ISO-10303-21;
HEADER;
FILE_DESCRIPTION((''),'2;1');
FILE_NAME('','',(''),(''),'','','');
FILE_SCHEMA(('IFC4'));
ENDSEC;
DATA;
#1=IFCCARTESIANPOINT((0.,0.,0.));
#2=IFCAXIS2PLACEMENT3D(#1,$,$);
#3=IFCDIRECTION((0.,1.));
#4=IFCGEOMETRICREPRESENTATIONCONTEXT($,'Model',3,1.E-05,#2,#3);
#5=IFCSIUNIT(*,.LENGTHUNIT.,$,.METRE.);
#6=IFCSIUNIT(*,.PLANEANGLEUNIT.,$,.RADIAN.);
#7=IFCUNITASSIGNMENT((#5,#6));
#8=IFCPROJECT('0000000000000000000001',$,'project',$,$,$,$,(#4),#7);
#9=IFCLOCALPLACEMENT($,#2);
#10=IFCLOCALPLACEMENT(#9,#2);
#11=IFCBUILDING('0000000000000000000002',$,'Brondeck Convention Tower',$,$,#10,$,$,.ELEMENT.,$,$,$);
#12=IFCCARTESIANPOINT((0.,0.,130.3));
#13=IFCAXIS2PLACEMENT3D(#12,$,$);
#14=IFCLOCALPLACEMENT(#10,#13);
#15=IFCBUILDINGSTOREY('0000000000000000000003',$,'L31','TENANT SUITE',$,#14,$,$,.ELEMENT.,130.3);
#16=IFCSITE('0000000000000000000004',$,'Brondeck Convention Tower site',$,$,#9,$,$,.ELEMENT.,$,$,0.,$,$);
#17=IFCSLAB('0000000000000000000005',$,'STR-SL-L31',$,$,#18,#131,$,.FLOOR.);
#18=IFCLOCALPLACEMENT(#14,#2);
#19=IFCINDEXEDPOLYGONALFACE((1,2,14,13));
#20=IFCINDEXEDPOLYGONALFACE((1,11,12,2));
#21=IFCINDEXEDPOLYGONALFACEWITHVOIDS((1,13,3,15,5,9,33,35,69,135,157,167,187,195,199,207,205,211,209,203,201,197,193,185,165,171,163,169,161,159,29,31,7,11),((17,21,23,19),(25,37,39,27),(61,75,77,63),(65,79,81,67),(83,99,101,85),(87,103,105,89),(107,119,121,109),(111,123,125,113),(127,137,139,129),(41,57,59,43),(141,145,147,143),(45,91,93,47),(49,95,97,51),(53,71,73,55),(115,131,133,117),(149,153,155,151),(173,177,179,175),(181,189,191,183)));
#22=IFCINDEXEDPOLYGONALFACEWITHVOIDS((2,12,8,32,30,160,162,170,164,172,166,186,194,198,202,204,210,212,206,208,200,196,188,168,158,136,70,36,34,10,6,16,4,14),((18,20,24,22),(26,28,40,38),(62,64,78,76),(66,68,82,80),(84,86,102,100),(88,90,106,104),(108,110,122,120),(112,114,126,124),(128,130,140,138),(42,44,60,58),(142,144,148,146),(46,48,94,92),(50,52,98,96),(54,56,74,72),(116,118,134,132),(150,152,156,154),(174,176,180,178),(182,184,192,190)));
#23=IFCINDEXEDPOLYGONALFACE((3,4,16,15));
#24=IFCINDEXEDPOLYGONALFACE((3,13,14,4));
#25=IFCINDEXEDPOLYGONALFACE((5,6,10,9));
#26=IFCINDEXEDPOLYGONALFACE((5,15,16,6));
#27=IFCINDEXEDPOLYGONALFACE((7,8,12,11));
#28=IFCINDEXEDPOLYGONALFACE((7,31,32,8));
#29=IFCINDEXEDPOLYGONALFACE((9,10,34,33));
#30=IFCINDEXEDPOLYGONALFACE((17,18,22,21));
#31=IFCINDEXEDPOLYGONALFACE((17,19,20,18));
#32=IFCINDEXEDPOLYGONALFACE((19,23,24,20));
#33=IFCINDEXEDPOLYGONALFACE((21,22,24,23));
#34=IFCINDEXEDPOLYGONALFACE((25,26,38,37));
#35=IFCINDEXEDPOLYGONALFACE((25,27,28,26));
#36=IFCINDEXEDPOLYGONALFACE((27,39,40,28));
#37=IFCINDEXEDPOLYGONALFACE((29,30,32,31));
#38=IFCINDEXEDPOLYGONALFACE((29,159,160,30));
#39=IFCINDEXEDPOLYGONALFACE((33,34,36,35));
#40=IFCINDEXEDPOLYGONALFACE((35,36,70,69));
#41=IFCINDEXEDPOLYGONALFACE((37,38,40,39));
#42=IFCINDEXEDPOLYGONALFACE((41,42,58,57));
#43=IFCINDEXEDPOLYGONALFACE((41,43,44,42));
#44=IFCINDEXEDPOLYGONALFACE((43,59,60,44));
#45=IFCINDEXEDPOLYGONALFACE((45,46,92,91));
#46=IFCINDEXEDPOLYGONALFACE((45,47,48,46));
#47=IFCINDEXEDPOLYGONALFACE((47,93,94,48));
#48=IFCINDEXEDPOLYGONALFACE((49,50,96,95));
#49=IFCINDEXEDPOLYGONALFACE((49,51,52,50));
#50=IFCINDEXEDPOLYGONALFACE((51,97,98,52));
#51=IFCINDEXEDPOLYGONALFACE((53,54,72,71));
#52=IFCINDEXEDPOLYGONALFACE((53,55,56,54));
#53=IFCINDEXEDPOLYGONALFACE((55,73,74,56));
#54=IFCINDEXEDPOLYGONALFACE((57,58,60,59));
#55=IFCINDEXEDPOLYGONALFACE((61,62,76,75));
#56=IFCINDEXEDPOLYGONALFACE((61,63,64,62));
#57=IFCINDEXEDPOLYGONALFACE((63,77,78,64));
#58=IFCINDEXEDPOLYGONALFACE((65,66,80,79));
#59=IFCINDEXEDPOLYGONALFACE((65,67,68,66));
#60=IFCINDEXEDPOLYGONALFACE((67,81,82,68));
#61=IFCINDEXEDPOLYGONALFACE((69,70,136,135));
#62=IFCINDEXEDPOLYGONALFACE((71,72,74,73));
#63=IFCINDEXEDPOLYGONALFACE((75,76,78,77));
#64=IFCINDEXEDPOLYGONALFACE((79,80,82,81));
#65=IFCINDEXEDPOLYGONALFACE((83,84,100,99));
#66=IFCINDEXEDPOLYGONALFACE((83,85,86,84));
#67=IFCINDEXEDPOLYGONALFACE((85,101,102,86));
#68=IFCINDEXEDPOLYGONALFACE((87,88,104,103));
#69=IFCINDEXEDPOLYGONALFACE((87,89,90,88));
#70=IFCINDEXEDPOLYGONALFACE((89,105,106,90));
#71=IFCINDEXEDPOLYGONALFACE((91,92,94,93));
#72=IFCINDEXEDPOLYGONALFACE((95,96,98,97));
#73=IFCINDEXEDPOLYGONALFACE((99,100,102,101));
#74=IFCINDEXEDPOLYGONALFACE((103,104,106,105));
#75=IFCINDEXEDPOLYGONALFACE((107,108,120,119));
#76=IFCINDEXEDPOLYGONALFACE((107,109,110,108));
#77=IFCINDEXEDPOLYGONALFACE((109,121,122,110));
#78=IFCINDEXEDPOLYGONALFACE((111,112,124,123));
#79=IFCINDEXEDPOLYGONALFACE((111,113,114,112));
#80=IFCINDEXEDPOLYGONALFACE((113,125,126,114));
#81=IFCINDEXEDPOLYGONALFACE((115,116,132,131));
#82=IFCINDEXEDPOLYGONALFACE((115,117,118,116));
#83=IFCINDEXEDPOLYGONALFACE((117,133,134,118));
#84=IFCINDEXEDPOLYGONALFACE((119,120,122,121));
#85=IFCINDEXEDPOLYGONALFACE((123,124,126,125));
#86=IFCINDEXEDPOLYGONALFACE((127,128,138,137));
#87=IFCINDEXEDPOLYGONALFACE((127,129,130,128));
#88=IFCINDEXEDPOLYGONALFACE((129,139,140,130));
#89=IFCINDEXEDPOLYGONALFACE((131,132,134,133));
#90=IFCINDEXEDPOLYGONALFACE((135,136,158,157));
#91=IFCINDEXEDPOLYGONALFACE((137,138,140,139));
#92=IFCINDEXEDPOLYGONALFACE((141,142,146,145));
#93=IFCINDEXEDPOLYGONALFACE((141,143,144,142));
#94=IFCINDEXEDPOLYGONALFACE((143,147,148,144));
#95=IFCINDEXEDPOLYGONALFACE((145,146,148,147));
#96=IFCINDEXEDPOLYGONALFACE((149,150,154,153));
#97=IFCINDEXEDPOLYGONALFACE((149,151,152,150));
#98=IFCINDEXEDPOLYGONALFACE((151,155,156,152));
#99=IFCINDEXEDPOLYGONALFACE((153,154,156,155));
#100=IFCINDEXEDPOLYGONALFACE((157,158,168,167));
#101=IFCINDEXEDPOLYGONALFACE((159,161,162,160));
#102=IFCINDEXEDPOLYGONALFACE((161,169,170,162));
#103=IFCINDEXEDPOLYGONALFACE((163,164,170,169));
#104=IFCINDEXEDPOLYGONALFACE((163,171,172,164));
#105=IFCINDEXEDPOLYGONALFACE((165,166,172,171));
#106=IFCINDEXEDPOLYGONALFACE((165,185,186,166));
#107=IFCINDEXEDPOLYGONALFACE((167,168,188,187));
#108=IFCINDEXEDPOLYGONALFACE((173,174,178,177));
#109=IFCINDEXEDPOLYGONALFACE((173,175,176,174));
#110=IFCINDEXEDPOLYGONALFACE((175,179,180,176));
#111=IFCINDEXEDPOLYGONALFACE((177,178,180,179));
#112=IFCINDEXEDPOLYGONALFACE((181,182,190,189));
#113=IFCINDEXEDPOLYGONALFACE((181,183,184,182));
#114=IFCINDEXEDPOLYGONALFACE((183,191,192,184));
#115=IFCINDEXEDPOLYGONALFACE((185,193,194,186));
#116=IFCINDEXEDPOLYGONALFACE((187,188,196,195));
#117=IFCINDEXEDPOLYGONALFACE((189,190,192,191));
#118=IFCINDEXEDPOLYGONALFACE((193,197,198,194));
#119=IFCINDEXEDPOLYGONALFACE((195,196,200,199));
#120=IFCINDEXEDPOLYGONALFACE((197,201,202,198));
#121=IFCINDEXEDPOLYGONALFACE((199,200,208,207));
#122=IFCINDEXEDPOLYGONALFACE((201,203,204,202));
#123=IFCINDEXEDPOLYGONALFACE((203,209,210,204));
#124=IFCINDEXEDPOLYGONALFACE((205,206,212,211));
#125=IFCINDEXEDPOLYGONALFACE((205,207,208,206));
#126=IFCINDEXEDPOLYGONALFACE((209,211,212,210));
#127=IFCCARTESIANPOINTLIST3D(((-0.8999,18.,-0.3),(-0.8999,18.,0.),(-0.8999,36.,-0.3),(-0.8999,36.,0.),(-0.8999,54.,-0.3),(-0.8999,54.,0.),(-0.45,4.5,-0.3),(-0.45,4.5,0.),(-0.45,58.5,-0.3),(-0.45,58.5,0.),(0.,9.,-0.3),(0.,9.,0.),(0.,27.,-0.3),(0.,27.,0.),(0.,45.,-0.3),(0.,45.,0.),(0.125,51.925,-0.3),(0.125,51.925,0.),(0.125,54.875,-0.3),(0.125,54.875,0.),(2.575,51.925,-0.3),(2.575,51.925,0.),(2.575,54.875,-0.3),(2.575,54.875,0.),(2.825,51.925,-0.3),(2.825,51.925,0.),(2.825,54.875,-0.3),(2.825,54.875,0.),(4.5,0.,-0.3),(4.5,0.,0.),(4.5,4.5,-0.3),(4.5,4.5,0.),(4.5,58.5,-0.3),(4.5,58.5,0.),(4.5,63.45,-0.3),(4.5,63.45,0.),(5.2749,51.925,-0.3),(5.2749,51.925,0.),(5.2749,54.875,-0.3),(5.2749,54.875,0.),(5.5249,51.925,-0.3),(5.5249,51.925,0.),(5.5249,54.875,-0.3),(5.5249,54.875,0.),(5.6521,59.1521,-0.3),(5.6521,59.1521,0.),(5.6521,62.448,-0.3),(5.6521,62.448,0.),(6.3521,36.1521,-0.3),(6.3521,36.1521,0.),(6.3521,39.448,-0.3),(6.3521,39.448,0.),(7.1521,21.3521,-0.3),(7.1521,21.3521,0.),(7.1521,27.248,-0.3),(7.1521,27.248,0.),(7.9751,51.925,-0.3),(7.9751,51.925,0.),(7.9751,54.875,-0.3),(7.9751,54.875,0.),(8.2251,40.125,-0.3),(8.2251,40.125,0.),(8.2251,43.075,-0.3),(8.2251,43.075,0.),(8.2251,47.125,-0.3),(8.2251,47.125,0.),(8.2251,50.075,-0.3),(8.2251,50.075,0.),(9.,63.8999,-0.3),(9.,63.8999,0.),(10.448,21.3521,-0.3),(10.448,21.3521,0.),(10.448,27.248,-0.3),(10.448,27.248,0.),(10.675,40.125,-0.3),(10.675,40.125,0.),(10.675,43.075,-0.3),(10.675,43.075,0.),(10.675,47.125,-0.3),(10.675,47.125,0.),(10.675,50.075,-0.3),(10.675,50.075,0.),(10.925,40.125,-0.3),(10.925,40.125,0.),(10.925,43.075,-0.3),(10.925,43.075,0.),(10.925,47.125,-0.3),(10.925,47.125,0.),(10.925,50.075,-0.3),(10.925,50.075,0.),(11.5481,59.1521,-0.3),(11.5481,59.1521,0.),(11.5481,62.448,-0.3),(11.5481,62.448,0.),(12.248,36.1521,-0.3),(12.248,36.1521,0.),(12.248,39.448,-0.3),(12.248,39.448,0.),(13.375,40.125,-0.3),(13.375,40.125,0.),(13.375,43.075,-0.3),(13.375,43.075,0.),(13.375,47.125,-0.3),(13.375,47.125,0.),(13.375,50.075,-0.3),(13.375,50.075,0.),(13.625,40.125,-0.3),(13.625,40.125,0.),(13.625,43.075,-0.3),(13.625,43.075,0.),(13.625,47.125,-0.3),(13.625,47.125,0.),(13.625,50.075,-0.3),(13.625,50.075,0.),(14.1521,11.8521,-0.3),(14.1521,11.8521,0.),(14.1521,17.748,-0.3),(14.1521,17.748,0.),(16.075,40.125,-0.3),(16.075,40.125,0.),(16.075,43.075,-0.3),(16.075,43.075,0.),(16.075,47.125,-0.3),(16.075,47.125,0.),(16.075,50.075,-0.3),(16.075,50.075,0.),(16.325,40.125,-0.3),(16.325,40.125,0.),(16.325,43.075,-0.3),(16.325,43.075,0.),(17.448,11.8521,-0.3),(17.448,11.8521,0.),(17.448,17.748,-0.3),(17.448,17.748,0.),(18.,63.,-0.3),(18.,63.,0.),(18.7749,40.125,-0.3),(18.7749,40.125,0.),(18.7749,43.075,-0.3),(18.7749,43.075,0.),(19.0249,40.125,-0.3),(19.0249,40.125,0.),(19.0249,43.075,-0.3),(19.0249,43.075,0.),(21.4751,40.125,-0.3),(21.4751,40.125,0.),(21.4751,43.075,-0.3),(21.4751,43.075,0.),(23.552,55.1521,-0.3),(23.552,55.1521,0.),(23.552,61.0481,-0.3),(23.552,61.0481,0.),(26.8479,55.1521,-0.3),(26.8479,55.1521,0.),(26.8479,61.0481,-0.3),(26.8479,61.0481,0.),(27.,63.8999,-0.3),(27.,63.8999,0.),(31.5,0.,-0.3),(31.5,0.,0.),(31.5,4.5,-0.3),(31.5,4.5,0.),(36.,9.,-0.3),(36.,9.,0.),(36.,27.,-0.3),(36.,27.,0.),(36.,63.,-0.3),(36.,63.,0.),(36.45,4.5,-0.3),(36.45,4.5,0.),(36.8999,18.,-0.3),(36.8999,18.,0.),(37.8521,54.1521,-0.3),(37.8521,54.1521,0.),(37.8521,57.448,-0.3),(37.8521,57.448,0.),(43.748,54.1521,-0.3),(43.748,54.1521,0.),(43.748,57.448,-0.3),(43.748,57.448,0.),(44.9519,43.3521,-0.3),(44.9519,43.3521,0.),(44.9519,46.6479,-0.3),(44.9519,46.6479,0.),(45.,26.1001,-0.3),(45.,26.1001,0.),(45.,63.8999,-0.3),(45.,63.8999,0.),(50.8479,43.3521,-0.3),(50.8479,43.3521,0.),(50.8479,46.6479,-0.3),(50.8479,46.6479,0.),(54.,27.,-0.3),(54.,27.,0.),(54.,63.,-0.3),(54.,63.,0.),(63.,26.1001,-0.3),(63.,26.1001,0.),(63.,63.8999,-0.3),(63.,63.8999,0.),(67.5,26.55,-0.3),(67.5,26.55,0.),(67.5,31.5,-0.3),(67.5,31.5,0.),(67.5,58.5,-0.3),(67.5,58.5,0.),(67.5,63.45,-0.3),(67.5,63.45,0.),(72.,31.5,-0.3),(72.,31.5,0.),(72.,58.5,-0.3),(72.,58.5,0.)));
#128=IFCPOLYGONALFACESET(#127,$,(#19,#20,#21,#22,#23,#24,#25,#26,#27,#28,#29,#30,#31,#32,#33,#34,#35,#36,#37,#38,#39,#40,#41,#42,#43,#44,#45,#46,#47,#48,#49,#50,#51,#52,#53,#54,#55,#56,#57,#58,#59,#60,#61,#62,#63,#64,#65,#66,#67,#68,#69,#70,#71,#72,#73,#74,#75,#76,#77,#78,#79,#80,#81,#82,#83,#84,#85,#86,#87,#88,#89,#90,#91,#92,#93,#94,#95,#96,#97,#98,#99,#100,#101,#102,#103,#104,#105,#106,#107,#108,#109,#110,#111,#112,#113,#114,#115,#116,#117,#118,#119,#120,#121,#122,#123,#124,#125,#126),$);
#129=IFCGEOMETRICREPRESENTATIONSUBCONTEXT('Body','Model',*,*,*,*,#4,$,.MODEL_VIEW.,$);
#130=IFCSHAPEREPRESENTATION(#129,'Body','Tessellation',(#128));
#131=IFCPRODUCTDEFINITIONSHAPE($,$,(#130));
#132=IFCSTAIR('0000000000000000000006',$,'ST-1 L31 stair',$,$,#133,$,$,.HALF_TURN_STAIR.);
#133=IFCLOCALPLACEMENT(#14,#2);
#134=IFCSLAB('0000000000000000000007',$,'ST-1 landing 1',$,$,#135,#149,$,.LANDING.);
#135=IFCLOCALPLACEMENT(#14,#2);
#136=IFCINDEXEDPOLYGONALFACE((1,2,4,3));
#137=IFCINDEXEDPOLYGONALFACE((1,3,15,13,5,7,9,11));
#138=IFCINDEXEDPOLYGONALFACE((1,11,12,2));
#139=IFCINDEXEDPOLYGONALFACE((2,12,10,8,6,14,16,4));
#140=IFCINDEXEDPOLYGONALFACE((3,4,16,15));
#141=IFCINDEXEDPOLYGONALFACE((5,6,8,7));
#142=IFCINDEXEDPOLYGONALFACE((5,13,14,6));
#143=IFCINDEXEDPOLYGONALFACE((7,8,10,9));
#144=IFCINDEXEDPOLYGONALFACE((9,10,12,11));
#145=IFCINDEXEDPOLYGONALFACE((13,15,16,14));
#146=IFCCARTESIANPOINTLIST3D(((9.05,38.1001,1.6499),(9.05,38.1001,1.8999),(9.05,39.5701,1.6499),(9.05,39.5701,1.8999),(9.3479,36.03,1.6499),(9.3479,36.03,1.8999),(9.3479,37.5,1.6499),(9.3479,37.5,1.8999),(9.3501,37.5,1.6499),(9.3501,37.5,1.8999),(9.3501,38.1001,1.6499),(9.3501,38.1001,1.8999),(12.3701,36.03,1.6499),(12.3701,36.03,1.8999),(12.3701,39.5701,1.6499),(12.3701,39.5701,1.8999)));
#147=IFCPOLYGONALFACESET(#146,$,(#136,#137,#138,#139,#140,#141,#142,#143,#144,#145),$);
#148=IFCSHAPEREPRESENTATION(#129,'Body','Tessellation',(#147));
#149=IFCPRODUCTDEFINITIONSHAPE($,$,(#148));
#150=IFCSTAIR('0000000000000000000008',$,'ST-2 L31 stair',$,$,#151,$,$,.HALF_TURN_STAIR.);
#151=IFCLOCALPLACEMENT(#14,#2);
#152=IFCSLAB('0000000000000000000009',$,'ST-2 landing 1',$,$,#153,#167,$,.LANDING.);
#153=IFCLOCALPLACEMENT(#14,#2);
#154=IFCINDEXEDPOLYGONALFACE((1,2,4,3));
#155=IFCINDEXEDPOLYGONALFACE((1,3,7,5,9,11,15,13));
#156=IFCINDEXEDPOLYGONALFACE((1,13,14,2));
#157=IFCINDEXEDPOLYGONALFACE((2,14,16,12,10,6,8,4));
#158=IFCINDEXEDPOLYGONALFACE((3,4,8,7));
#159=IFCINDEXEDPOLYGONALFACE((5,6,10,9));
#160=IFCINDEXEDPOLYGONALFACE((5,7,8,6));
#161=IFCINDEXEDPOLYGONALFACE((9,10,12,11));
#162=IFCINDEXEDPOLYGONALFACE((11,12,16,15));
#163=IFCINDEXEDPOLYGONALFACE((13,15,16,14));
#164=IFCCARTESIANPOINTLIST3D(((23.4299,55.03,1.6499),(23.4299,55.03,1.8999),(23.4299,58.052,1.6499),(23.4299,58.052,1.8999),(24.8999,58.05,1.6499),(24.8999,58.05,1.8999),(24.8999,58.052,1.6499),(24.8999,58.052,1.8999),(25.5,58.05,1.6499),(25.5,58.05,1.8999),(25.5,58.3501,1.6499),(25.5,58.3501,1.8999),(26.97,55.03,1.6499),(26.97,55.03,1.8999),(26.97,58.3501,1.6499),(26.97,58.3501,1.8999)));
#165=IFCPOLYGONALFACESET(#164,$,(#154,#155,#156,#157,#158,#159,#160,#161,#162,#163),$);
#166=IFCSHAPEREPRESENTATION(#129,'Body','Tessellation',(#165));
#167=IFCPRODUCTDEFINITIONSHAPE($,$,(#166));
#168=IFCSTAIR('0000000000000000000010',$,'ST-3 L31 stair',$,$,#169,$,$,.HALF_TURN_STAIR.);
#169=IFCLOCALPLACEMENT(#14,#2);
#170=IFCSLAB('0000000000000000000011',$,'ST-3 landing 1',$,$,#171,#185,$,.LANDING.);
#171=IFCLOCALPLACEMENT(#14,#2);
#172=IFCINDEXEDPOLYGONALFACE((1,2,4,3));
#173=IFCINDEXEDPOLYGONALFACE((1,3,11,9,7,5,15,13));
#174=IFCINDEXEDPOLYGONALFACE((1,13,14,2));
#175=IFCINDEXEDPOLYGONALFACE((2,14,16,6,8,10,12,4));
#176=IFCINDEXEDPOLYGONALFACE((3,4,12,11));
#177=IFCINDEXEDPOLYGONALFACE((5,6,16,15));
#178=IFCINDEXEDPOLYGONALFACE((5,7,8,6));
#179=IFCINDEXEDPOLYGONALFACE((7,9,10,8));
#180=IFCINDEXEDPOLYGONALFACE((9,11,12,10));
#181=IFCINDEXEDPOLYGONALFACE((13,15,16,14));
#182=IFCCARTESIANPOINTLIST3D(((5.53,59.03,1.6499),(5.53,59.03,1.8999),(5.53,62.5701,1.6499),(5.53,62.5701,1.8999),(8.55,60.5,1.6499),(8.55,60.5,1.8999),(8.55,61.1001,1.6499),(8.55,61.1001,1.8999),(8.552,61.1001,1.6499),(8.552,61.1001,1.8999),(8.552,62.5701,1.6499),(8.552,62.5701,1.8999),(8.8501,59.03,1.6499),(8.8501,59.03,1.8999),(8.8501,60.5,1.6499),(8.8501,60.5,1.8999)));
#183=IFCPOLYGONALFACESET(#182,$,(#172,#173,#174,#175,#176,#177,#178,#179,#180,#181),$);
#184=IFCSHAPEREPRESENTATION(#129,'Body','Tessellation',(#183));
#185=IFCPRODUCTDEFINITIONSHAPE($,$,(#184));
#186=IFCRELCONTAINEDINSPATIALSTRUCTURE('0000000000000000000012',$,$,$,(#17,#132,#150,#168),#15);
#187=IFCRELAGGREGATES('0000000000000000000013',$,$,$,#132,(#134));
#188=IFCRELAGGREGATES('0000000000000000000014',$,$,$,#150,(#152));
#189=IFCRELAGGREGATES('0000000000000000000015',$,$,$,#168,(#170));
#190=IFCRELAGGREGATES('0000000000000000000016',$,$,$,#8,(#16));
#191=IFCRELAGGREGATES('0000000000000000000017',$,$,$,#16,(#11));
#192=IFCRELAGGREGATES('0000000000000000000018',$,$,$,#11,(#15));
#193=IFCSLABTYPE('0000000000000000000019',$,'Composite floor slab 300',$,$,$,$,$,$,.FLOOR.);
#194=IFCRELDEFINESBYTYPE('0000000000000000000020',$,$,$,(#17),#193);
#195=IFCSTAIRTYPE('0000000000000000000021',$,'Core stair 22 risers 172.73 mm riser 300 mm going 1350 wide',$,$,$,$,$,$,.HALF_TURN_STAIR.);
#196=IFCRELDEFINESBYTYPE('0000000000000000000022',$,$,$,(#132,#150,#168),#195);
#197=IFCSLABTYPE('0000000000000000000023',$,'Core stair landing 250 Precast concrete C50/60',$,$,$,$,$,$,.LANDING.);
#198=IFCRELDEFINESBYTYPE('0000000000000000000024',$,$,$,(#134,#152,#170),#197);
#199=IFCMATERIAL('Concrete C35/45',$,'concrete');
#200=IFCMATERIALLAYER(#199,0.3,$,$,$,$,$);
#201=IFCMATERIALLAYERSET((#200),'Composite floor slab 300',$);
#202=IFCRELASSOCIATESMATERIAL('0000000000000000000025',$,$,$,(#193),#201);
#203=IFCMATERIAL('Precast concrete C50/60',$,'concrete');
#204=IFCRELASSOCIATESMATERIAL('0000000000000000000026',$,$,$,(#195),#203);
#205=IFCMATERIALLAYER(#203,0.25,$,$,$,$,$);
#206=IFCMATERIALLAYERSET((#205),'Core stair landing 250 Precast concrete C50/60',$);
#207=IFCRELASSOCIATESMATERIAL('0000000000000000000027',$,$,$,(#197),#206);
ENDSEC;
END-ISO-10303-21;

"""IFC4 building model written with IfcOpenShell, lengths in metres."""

from ifc_helpers import new_model, si_unit, direction, frame, origin, place, context, subcontext, project, spatial, polyline, outline, extrude, material, layer, layer_set, type_object, element, aggregate, save


model = new_model("IFC4")

# Units and contexts
model_context = context("Model", 3, precision=1e-05, world=origin(), true_north=direction((0.0, 1.0)))
body_context = subcontext(model_context, "Body", "Model", "MODEL_VIEW")
ifc_project = project(units=[si_unit("LENGTHUNIT", "METRE"), si_unit("PLANEANGLEUNIT", "RADIAN")], contexts=[model_context])

# Site, building, storey
site_placement = place(None, origin())
site = spatial("IfcSite", under=ifc_project, at=site_placement, Name="Brondeck Convention Tower site", CompositionType="ELEMENT", RefElevation=0.0)
building_placement = place(site_placement, origin())
building = spatial("IfcBuilding", under=site, at=building_placement, Name="Brondeck Convention Tower", CompositionType="ELEMENT")
storey_placement = place(building_placement, frame((0.0, 0.0, 130.3)))
storey = spatial("IfcBuildingStorey", under=building, at=storey_placement, Name="L31", Description="TENANT SUITE", CompositionType="ELEMENT", Elevation=130.3)

# Slab
ifc_material_1 = material(Name="Concrete C35/45", Category="concrete")
ifc_layer_1 = layer(ifc_material_1, 0.3)
ifc_layer_set_1 = layer_set([ifc_layer_1], Name="Composite floor slab 300")
slab_type_1 = type_object("IfcSlabType", Name="Composite floor slab 300", PredefinedType="FLOOR", material=ifc_layer_set_1)
slab_1_placement = place(storey_placement, frame((0.0, 0.0, -0.3)))
element("IfcSlab", 1, at=slab_1_placement, inside=storey, type_object=slab_type_1, Name="STR-SL-L31", PredefinedType="FLOOR", context=body_context, shape_type="SweptSolid", body=[
    extrude(outline(polyline([(4.5, 4.5), (-0.45, 4.5), (0.0, 9.0), (-0.8999, 18.0), (0.0, 27.0), (-0.8999, 36.0), (0.0, 45.0), (-0.8999, 54.0), (-0.45, 58.5), (4.5, 58.5), (4.5, 63.45), (9.0, 63.8999), (18.0, 63.0), (27.0, 63.8999), (36.0, 63.0), (45.0, 63.8999), (54.0, 63.0), (63.0, 63.8999), (67.5, 63.45), (67.5, 58.5), (72.0, 58.5), (72.0, 31.5), (67.5, 31.5), (67.5, 26.55), (63.0, 26.1001), (54.0, 27.0), (45.0, 26.1001), (36.0, 27.0), (36.8999, 18.0), (36.0, 9.0), (36.45, 4.5), (31.5, 4.5), (31.5, 0.0), (4.5, 0.0), (4.5, 4.5)]), holes=[polyline([(10.448, 27.248), (7.1521, 27.248), (7.1521, 21.3521), (10.448, 21.3521), (10.448, 27.248)]), polyline([(12.248, 36.1521), (12.248, 39.448), (6.3521, 39.448), (6.3521, 36.1521), (12.248, 36.1521)]), polyline([(10.675, 40.125), (10.675, 43.075), (8.2251, 43.075), (8.2251, 40.125), (10.675, 40.125)]), polyline([(10.675, 47.125), (10.675, 50.075), (8.2251, 50.075), (8.2251, 47.125), (10.675, 47.125)]), polyline([(13.375, 47.125), (13.375, 50.075), (10.925, 50.075), (10.925, 47.125), (13.375, 47.125)]), polyline([(2.575, 51.925), (2.575, 54.875), (0.125, 54.875), (0.125, 51.925), (2.575, 51.925)]), polyline([(5.2749, 51.925), (5.2749, 54.875), (2.825, 54.875), (2.825, 51.925), (5.2749, 51.925)]), polyline([(5.5249, 51.925), (7.9751, 51.925), (7.9751, 54.875), (5.5249, 54.875), (5.5249, 51.925)]), polyline([(11.5481, 62.448), (5.6521, 62.448), (5.6521, 59.1521), (11.5481, 59.1521), (11.5481, 62.448)]), polyline([(17.448, 17.748), (14.1521, 17.748), (14.1521, 11.8521), (17.448, 11.8521), (17.448, 17.748)]), polyline([(13.375, 40.125), (13.375, 43.075), (10.925, 43.075), (10.925, 40.125), (13.375, 40.125)]), polyline([(16.075, 40.125), (16.075, 43.075), (13.625, 43.075), (13.625, 40.125), (16.075, 40.125)]), polyline([(18.7749, 40.125), (18.7749, 43.075), (16.325, 43.075), (16.325, 40.125), (18.7749, 40.125)]), polyline([(21.4751, 40.125), (21.4751, 43.075), (19.0249, 43.075), (19.0249, 40.125), (21.4751, 40.125)]), polyline([(50.8479, 43.3521), (50.8479, 46.6479), (44.9519, 46.6479), (44.9519, 43.3521), (50.8479, 43.3521)]), polyline([(16.075, 47.125), (16.075, 50.075), (13.625, 50.075), (13.625, 47.125), (16.075, 47.125)]), polyline([(37.8521, 54.1521), (43.748, 54.1521), (43.748, 57.448), (37.8521, 57.448), (37.8521, 54.1521)]), polyline([(23.552, 61.0481), (23.552, 55.1521), (26.8479, 55.1521), (26.8479, 61.0481), (23.552, 61.0481)])]), origin(), (0.0, 0.0, 1.0), 0.3),
])

# Stairs, slabs
ifc_material_2 = material(Name="Precast concrete C50/60", Category="concrete")
stair_type = type_object("IfcStairType", Name="Core stair 22 risers 172.73 mm riser 300 mm going 1350 wide", PredefinedType="HALF_TURN_STAIR", material=ifc_material_2)
stair_1_placement = place(storey_placement, origin())
stair_1 = element("IfcStair", 2, at=stair_1_placement, inside=storey, type_object=stair_type, Name="ST-1 L31 stair", PredefinedType="HALF_TURN_STAIR")
ifc_layer_2 = layer(ifc_material_2, 0.25)
ifc_layer_set_2 = layer_set([ifc_layer_2], Name="Core stair landing 250 Precast concrete C50/60")
slab_type_2 = type_object("IfcSlabType", Name="Core stair landing 250 Precast concrete C50/60", PredefinedType="LANDING", material=ifc_layer_set_2)
slab_2_placement = place(storey_placement, frame((0.0, 0.0, 1.6499)))
slab_2 = element("IfcSlab", 3, at=slab_2_placement, type_object=slab_type_2, Name="ST-1 landing 1", PredefinedType="LANDING", context=body_context, shape_type="SweptSolid", body=[
    extrude(outline(polyline([(9.3479, 37.5), (9.3501, 37.5), (9.3501, 38.1001), (9.05, 38.1001), (9.05, 39.5701), (12.3701, 39.5701), (12.3701, 36.03), (9.3479, 36.03), (9.3479, 37.5)])), origin(), (0.0, 0.0, 1.0), 0.25),
])
aggregate(stair_1, [slab_2])
stair_2_placement = place(storey_placement, origin())
stair_2 = element("IfcStair", 4, at=stair_2_placement, inside=storey, type_object=stair_type, Name="ST-2 L31 stair", PredefinedType="HALF_TURN_STAIR")
slab_3_placement = place(storey_placement, frame((0.0, 0.0, 1.6499)))
slab_3 = element("IfcSlab", 5, at=slab_3_placement, type_object=slab_type_2, Name="ST-2 landing 1", PredefinedType="LANDING", context=body_context, shape_type="SweptSolid", body=[
    extrude(outline(polyline([(23.4299, 58.052), (24.8999, 58.052), (24.8999, 58.05), (25.5, 58.05), (25.5, 58.3501), (26.97, 58.3501), (26.97, 55.03), (23.4299, 55.03), (23.4299, 58.052)])), origin(), (0.0, 0.0, 1.0), 0.25),
])
aggregate(stair_2, [slab_3])
stair_3_placement = place(storey_placement, origin())
stair_3 = element("IfcStair", 6, at=stair_3_placement, inside=storey, type_object=stair_type, Name="ST-3 L31 stair", PredefinedType="HALF_TURN_STAIR")
slab_4_placement = place(storey_placement, frame((0.0, 0.0, 1.6499)))
slab_4 = element("IfcSlab", 7, at=slab_4_placement, type_object=slab_type_2, Name="ST-3 landing 1", PredefinedType="LANDING", context=body_context, shape_type="SweptSolid", body=[
    extrude(outline(polyline([(8.8501, 60.5), (8.8501, 59.03), (5.53, 59.03), (5.53, 62.5701), (8.552, 62.5701), (8.552, 61.1001), (8.55, 61.1001), (8.55, 60.5), (8.8501, 60.5)])), origin(), (0.0, 0.0, 1.0), 0.25),
])
aggregate(stair_3, [slab_4])

save(model, "model.ifc")
